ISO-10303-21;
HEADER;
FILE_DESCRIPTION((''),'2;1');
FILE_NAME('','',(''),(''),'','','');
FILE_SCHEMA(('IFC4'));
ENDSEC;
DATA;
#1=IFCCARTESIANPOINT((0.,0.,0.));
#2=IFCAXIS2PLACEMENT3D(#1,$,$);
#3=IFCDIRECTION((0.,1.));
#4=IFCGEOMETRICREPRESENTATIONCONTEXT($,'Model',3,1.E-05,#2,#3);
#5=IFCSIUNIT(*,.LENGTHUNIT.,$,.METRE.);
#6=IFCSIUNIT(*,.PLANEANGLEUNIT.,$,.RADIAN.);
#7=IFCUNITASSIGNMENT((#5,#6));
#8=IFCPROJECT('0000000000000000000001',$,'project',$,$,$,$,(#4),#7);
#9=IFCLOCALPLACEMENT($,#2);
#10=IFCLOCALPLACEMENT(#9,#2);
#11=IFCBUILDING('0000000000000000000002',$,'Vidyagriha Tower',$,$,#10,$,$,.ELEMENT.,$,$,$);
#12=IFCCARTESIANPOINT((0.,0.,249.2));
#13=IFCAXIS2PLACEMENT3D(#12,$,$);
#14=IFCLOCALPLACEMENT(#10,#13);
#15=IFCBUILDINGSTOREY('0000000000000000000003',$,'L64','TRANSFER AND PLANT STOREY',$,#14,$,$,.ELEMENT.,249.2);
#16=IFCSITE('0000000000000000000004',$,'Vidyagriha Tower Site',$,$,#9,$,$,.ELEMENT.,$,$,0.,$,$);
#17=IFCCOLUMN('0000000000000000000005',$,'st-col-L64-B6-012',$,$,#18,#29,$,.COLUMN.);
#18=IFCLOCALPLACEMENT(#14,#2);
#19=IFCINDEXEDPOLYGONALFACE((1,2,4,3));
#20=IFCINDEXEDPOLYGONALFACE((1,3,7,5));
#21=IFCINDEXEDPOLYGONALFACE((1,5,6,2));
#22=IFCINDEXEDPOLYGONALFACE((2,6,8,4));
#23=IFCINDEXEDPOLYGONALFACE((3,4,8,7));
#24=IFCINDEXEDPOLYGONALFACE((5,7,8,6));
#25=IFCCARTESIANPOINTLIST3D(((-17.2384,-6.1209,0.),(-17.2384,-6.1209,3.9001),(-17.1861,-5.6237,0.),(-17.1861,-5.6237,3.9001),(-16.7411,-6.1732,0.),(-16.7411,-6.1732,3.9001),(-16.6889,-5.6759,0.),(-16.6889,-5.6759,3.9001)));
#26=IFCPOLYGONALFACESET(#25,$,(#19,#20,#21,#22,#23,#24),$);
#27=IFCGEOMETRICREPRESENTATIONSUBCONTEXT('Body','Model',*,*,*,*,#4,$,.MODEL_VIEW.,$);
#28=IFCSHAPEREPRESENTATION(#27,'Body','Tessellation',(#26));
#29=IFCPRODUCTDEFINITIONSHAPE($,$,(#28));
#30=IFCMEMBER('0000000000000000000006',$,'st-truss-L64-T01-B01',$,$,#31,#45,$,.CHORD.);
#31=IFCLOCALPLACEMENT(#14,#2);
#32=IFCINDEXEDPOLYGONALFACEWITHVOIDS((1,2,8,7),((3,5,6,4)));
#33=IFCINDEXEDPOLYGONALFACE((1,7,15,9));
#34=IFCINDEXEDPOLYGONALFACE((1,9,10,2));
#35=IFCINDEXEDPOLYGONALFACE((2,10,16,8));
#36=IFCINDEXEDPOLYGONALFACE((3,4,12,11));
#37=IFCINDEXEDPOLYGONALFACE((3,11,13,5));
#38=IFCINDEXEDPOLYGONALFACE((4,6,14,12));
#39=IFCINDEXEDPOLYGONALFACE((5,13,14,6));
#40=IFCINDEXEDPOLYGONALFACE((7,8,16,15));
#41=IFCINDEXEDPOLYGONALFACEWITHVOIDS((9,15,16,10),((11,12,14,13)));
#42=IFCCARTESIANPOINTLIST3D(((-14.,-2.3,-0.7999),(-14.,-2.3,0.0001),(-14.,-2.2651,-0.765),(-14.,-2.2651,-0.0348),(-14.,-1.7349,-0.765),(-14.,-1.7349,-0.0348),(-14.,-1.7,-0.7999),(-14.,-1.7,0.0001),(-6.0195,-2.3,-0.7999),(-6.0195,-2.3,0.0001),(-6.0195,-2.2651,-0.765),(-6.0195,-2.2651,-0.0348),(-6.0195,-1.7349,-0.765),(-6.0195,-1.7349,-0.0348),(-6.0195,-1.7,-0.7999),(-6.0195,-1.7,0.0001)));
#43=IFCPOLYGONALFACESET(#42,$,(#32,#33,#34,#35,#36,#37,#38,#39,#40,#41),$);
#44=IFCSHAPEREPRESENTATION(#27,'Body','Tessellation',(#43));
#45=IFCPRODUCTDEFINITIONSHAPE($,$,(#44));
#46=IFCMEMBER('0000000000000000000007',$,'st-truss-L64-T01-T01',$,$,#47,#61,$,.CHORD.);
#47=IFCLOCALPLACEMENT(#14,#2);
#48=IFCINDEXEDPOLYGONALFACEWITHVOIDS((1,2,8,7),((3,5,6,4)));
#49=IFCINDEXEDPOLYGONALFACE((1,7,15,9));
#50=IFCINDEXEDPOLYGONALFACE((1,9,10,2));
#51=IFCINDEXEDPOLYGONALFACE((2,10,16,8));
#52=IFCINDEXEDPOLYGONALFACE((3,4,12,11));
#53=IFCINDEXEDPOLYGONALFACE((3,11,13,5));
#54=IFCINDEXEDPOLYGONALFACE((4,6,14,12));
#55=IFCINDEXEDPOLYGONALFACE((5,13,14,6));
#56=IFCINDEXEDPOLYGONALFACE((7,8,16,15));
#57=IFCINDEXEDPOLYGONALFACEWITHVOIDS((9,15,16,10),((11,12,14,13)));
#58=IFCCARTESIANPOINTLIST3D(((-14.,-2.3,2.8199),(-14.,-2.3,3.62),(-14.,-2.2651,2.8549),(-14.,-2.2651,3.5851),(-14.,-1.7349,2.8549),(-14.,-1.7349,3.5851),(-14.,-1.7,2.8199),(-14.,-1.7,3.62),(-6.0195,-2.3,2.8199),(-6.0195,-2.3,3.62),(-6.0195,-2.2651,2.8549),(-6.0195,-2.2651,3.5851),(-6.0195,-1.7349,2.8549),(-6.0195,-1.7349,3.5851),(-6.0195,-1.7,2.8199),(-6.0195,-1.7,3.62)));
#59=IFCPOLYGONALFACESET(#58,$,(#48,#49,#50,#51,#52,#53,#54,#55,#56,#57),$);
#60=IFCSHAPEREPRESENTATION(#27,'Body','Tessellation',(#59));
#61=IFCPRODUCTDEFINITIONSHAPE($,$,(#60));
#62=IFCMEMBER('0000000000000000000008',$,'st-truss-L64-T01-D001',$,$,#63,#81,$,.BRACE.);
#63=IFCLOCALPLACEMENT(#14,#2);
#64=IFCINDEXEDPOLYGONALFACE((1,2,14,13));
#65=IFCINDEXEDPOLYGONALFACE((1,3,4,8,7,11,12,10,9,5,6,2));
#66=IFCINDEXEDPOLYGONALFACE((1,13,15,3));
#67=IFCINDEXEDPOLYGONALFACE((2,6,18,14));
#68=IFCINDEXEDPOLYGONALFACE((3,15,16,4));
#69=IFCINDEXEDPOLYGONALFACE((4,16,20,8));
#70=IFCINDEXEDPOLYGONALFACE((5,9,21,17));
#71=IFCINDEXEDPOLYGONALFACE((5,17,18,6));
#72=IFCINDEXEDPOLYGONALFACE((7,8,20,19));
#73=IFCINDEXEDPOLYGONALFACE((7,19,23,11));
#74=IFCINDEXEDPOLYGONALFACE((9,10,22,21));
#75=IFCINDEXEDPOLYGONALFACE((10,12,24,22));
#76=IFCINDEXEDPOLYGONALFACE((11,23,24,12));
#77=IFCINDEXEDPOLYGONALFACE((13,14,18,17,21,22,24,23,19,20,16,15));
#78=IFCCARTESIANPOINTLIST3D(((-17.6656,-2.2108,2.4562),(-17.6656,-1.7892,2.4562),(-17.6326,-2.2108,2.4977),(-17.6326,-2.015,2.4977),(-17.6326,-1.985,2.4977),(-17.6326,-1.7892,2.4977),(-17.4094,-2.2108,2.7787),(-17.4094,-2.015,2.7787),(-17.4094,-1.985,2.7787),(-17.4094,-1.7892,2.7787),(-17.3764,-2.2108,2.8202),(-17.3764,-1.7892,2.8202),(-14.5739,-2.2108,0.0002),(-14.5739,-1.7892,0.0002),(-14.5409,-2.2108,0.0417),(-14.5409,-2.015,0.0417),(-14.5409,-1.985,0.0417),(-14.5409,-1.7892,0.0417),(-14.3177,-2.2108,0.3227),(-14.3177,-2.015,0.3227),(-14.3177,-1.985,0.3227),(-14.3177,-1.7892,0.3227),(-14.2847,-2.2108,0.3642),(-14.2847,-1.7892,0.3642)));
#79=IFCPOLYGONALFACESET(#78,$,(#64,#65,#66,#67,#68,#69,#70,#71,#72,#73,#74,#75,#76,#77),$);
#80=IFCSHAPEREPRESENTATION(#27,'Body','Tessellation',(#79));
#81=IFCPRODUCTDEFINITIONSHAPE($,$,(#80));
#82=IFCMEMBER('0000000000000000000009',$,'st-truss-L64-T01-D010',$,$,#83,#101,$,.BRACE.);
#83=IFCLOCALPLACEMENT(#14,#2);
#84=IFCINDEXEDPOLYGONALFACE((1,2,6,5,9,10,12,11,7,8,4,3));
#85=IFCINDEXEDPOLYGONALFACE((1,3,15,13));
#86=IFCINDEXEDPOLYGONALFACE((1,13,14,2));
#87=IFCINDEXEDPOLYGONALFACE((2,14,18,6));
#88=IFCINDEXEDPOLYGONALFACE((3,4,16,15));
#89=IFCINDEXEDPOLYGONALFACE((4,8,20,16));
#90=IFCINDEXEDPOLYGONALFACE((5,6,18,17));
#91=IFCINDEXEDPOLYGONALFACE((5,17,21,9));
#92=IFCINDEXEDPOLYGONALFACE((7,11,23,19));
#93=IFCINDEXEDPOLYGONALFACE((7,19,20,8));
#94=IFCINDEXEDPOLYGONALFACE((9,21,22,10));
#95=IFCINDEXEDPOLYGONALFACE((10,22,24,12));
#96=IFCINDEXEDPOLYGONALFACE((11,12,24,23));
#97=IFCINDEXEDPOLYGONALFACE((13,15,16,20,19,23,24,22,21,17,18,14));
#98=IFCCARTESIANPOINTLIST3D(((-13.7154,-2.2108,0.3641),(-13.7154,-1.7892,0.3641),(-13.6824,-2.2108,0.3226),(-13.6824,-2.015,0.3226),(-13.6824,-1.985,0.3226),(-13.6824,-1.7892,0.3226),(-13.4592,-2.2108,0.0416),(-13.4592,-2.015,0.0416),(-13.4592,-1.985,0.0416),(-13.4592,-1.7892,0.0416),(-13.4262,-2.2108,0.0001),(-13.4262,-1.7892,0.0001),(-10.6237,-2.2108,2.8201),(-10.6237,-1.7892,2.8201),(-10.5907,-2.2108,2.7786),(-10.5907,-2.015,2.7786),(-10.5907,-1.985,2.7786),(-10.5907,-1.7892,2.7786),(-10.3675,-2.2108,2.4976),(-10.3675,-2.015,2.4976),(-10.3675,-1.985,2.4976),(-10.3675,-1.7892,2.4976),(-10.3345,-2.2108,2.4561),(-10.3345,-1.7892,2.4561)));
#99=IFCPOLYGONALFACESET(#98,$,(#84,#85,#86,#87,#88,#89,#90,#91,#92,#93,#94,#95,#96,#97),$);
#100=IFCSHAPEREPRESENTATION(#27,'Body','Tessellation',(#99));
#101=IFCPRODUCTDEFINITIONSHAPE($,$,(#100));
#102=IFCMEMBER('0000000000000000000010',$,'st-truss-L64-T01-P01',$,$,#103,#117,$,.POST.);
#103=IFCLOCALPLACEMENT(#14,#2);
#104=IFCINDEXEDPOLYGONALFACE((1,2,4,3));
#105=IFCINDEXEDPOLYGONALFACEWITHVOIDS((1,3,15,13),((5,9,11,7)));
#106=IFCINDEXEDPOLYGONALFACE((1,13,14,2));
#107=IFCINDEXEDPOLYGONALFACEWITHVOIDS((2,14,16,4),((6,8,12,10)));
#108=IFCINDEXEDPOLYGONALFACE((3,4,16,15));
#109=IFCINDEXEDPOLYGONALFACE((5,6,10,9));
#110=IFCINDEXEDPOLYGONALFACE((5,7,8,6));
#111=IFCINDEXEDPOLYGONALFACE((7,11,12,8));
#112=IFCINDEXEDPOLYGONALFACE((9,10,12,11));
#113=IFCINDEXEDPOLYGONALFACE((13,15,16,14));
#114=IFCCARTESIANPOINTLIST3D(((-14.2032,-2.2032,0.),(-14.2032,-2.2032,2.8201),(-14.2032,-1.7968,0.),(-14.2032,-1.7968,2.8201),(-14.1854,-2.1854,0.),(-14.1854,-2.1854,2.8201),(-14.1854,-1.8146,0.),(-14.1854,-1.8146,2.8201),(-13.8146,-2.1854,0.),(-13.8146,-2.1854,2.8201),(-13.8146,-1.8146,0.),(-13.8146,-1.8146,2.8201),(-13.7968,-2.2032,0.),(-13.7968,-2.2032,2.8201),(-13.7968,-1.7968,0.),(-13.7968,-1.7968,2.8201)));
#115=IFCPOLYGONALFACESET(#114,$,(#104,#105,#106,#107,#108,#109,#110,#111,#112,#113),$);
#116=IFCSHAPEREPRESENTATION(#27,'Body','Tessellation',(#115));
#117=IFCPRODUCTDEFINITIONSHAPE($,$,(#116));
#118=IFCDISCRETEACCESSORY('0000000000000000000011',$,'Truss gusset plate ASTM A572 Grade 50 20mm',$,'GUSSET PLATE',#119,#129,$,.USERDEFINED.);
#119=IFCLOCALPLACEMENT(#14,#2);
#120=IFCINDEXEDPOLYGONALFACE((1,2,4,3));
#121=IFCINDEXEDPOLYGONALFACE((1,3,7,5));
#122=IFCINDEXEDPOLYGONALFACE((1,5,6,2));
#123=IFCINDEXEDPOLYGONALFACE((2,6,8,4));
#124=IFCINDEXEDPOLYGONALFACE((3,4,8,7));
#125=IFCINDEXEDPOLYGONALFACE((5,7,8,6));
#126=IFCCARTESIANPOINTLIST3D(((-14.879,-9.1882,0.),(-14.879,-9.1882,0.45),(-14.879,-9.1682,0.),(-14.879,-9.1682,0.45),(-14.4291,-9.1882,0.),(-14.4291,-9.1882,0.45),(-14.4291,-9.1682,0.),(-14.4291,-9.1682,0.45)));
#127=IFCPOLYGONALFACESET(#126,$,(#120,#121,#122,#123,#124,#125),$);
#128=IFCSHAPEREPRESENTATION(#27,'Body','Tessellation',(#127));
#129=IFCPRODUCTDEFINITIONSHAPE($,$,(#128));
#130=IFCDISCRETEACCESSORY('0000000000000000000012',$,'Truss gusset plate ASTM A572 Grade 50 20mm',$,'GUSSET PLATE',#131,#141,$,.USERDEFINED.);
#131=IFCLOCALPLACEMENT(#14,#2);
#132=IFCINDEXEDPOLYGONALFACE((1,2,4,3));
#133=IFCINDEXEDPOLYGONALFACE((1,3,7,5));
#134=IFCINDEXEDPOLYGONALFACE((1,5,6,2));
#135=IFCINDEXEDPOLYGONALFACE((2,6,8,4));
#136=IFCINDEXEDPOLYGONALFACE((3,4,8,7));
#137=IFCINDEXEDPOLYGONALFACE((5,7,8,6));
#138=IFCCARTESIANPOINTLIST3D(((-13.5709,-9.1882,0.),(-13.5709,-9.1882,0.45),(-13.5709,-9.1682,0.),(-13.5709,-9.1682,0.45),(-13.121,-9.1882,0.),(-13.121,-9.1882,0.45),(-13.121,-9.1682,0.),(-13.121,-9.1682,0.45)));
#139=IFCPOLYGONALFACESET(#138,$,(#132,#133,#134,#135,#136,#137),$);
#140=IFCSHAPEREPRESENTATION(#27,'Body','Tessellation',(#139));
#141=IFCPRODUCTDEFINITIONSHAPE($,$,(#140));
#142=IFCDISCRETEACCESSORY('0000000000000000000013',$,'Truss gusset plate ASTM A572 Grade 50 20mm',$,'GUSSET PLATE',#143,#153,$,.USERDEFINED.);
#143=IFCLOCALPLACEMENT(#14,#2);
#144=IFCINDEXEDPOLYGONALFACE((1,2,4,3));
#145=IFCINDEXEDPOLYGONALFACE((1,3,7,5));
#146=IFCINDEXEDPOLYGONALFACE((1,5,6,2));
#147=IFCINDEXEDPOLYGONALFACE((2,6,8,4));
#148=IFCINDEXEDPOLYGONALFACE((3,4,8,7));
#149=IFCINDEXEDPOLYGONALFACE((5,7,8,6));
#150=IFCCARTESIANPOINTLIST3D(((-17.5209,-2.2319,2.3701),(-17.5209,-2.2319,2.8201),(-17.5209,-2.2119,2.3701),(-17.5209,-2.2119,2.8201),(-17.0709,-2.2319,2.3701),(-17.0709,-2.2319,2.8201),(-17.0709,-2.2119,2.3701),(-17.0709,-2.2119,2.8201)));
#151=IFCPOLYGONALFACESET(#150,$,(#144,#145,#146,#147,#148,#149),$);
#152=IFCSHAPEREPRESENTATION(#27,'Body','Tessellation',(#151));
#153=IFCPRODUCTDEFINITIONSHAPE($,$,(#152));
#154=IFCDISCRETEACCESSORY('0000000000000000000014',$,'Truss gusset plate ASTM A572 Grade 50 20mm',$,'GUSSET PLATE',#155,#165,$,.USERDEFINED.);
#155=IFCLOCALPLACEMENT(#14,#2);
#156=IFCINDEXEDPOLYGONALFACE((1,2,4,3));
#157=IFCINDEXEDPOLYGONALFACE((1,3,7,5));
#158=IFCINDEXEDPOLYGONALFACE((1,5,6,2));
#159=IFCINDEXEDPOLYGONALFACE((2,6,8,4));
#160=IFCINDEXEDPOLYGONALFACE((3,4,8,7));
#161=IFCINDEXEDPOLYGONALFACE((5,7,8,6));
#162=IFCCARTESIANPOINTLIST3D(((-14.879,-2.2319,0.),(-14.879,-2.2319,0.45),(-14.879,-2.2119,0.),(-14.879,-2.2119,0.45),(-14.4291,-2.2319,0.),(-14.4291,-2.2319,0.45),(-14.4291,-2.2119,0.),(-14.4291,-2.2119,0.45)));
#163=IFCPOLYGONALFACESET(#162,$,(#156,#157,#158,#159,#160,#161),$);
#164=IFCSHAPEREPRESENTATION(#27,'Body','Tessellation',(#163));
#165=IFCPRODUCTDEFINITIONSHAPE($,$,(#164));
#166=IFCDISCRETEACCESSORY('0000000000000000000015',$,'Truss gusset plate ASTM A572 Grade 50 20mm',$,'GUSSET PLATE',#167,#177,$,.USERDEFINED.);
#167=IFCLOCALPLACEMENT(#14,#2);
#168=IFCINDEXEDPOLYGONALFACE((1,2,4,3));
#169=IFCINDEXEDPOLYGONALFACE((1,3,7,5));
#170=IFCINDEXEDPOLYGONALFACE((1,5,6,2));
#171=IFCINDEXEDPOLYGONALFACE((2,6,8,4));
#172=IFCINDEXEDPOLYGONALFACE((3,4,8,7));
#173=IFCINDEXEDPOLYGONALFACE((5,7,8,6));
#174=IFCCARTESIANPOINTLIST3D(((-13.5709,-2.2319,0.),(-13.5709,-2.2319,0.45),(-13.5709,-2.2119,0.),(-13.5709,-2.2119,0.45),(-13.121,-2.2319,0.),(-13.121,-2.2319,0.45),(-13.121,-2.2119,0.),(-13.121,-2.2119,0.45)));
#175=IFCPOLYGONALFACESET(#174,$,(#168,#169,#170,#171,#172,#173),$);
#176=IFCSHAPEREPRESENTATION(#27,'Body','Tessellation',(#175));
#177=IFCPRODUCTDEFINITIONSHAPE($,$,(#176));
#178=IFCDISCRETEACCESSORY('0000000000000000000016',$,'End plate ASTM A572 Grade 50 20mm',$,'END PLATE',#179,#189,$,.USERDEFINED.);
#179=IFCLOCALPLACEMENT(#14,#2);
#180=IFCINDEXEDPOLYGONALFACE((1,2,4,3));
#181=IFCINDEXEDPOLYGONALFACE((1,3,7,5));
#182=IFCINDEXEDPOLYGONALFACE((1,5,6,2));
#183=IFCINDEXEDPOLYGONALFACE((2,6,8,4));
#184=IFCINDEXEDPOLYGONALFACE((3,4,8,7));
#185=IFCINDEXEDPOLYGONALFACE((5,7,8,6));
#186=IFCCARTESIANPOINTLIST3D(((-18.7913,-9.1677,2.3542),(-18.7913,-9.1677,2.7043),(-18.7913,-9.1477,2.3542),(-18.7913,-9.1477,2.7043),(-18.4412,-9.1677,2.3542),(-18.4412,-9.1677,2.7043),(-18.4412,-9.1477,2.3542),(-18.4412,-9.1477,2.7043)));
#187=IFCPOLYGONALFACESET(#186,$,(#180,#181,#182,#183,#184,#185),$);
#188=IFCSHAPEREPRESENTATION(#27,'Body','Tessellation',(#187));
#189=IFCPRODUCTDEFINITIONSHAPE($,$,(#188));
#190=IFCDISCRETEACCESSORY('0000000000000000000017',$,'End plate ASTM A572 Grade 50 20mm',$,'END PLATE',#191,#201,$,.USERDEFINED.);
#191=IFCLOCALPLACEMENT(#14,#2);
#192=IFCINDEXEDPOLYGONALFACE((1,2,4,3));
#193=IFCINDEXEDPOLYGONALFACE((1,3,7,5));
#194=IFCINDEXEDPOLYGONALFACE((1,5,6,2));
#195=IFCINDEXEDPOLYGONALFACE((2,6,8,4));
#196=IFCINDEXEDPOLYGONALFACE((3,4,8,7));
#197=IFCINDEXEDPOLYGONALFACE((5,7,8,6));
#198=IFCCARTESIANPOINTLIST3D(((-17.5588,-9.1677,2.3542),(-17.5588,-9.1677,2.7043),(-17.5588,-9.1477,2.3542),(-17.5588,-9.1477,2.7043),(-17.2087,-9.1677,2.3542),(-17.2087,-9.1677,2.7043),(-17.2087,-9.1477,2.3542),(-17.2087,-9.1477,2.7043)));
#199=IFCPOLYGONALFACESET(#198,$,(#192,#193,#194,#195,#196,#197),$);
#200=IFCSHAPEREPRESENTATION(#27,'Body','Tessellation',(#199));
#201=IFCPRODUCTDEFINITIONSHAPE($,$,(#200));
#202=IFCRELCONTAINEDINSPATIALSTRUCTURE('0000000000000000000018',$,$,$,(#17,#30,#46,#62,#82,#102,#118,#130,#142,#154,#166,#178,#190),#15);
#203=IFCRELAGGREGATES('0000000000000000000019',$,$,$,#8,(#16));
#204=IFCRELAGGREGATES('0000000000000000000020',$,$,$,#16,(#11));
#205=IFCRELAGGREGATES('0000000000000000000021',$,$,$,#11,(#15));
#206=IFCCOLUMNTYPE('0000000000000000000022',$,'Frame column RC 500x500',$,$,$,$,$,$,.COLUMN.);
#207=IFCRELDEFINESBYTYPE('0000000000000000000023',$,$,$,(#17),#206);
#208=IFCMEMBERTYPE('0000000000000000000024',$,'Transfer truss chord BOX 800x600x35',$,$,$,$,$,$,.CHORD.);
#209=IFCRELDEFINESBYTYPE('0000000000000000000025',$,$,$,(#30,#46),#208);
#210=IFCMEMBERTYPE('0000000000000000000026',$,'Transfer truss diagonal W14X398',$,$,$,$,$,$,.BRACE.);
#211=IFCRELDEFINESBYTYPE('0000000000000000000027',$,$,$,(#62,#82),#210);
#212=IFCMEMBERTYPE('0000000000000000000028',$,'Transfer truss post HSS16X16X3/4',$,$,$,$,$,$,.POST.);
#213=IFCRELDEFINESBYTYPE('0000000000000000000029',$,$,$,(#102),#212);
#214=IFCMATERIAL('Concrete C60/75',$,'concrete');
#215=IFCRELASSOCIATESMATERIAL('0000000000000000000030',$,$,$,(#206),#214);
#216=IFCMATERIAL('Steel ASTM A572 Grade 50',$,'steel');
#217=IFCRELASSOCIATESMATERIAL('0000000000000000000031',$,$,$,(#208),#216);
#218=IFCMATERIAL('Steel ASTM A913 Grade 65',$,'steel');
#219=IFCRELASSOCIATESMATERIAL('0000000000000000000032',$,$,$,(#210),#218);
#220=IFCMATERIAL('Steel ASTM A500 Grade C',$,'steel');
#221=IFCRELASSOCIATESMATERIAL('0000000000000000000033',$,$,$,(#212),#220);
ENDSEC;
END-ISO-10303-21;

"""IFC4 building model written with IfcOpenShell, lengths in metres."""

from ifc_helpers import new_model, si_unit, direction, frame, origin, origin_2d, place, context, subcontext, project, spatial, rectangle, hollow_rectangle, i_section, extrude, material, material_profile, profile_set, type_object, element, save


model = new_model("IFC4")

# Units and contexts
model_context = context("Model", 3, precision=1e-05, world=origin(), true_north=direction((0.0, 1.0)))
body_context = subcontext(model_context, "Body", "Model", "MODEL_VIEW")
ifc_project = project(units=[si_unit("LENGTHUNIT", "METRE"), si_unit("PLANEANGLEUNIT", "RADIAN")], contexts=[model_context])

# Site, building, storey
site_placement = place(None, origin())
site = spatial("IfcSite", under=ifc_project, at=site_placement, Name="Vidyagriha Tower Site", CompositionType="ELEMENT", RefElevation=0.0)
building_placement = place(site_placement, origin())
building = spatial("IfcBuilding", under=site, at=building_placement, Name="Vidyagriha Tower", CompositionType="ELEMENT")
storey_placement = place(building_placement, frame((0.0, 0.0, 249.2)))
storey = spatial("IfcBuildingStorey", under=building, at=storey_placement, Name="L64", Description="TRANSFER AND PLANT STOREY", CompositionType="ELEMENT", Elevation=249.2)

# Column
ifc_material_1 = material(Name="Concrete C60/75", Category="concrete")
ifc_material_profile_1 = material_profile(ifc_material_1, rectangle(XDim=0.5, YDim=0.5, at=origin_2d()), Name="RC 500x500")
ifc_profile_set_1 = profile_set([ifc_material_profile_1], Name="Concrete C60/75")
column_type = type_object("IfcColumnType", Name="Frame column RC 500x500", PredefinedType="COLUMN", material=ifc_profile_set_1)
column_placement = place(storey_placement, frame((-16.9636, -5.8984, 0.0), z_axis=(0.0, 0.0, 1.0), x_axis=(0.994522, -0.104528, 0.0)))
element("IfcColumn", 1, at=column_placement, inside=storey, type_object=column_type, Name="st-col-L64-B6-012", PredefinedType="COLUMN", context=body_context, shape_type="SweptSolid", body=[
    extrude(rectangle(XDim=0.5, YDim=0.5, at=origin_2d()), origin(), (0.0, 0.0, 1.0), 3.9001),
])

# Members
ifc_material_2 = material(Name="Steel ASTM A572 Grade 50", Category="steel")
ifc_material_profile_2 = material_profile(ifc_material_2, hollow_rectangle(XDim=0.6001, YDim=0.8, WallThickness=0.0349, at=origin_2d()), Name="BOX 800x600x35")
ifc_profile_set_2 = profile_set([ifc_material_profile_2], Name="Steel ASTM A572 Grade 50")
member_type_1 = type_object("IfcMemberType", Name="Transfer truss chord BOX 800x600x35", PredefinedType="CHORD", material=ifc_profile_set_2)
for number, where, z_axis, x_axis, name in (
    (2, (-14.0, -2.0, -0.3999), (1.0, 0.0, 0.0), (0.0, 1.0, 0.0), "st-truss-L64-T01-B01"),
    (3, (-14.0, -2.0, 3.22), (1.0, 0.0, 0.0), (0.0, 1.0, 0.0), "st-truss-L64-T01-T01"),
):
    element("IfcMember", number, at=place(storey_placement, frame(where, z_axis=z_axis, x_axis=x_axis)), inside=storey, type_object=member_type_1, Name=name, PredefinedType="CHORD", context=body_context, shape_type="SweptSolid", body=[
        extrude(hollow_rectangle(XDim=0.6001, YDim=0.8, WallThickness=0.0349, at=origin_2d()), origin(), (0.0, 0.0, 1.0), 7.9805),
    ])
ifc_material_3 = material(Name="Steel ASTM A913 Grade 65", Category="steel")
ifc_material_profile_3 = material_profile(ifc_material_3, i_section(OverallWidth=0.4216, OverallDepth=0.4648, WebThickness=0.03, FlangeThickness=0.053, at=origin_2d()), Name="W14X398")
ifc_profile_set_3 = profile_set([ifc_material_profile_3], Name="Steel ASTM A913 Grade 65")
member_type_2 = type_object("IfcMemberType", Name="Transfer truss diagonal W14X398", PredefinedType="BRACE", material=ifc_profile_set_3)
for number, where, z_axis, x_axis, name in (
    (4, (-17.521, -2.0, 2.6382), (0.783012, 0.0, -0.622007), (0.0, 1.0, 0.0), "st-truss-L64-T01-D001"),
    (5, (-13.5708, -2.0, 0.1821), (0.783012, 0.0, 0.622007), (0.0, 1.0, 0.0), "st-truss-L64-T01-D010"),
):
    element("IfcMember", number, at=place(storey_placement, frame(where, z_axis=z_axis, x_axis=x_axis)), inside=storey, type_object=member_type_2, Name=name, PredefinedType="BRACE", context=body_context, shape_type="SweptSolid", body=[
        extrude(i_section(OverallWidth=0.4216, OverallDepth=0.4648, WebThickness=0.03, FlangeThickness=0.053, at=origin_2d()), origin(), (0.0, 0.0, 1.0), 3.9485),
    ])
ifc_material_4 = material(Name="Steel ASTM A500 Grade C", Category="steel")
ifc_material_profile_4 = material_profile(ifc_material_4, hollow_rectangle(XDim=0.4065, YDim=0.4065, WallThickness=0.0178, at=origin_2d()), Name="HSS16X16X3/4")
ifc_profile_set_4 = profile_set([ifc_material_profile_4], Name="Steel ASTM A500 Grade C")
member_type_3 = type_object("IfcMemberType", Name="Transfer truss post HSS16X16X3/4", PredefinedType="POST", material=ifc_profile_set_4)
member_placement = place(storey_placement, frame((-14.0, -2.0, 0.0)))
element("IfcMember", 6, at=member_placement, inside=storey, type_object=member_type_3, Name="st-truss-L64-T01-P01", PredefinedType="POST", context=body_context, shape_type="SweptSolid", body=[
    extrude(hollow_rectangle(XDim=0.4065, YDim=0.4065, WallThickness=0.0178, at=origin_2d()), origin(), (0.0, 0.0, 1.0), 2.8201),
])

# Discrete accessories
for number, where, name in (
    (7, (-14.6541, -9.1782, 0.0), "Truss gusset plate ASTM A572 Grade 50 20mm"),
    (8, (-13.3459, -9.1782, 0.0), "Truss gusset plate ASTM A572 Grade 50 20mm"),
    (9, (-17.2959, -2.2219, 2.3701), "Truss gusset plate ASTM A572 Grade 50 20mm"),
    (10, (-14.6541, -2.2219, 0.0), "Truss gusset plate ASTM A572 Grade 50 20mm"),
    (11, (-13.3459, -2.2219, 0.0), "Truss gusset plate ASTM A572 Grade 50 20mm"),
):
    element("IfcDiscreteAccessory", number, at=place(storey_placement, frame(where)), inside=storey, Name=name, ObjectType="GUSSET PLATE", PredefinedType="USERDEFINED", context=body_context, shape_type="SweptSolid", body=[
        extrude(rectangle(XDim=0.45, YDim=0.02, at=origin_2d()), origin(), (0.0, 0.0, 1.0), 0.45),
    ])
discrete_accessory_1_placement = place(storey_placement, frame((-18.6162, -9.1577, 2.3542)))
element("IfcDiscreteAccessory", 12, at=discrete_accessory_1_placement, inside=storey, Name="End plate ASTM A572 Grade 50 20mm", ObjectType="END PLATE", PredefinedType="USERDEFINED", context=body_context, shape_type="SweptSolid", body=[
    extrude(rectangle(XDim=0.3501, YDim=0.02, at=origin_2d()), origin(), (0.0, 0.0, 1.0), 0.3501),
])
discrete_accessory_2_placement = place(storey_placement, frame((-17.3838, -9.1577, 2.3542), z_axis=(0.0, 0.0, 1.0), x_axis=(-1.0, 0.0, 0.0)))
element("IfcDiscreteAccessory", 13, at=discrete_accessory_2_placement, inside=storey, Name="End plate ASTM A572 Grade 50 20mm", ObjectType="END PLATE", PredefinedType="USERDEFINED", context=body_context, shape_type="SweptSolid", body=[
    extrude(rectangle(XDim=0.3501, YDim=0.02, at=origin_2d()), origin(), (0.0, 0.0, 1.0), 0.3501),
])

save(model, "model.ifc")
